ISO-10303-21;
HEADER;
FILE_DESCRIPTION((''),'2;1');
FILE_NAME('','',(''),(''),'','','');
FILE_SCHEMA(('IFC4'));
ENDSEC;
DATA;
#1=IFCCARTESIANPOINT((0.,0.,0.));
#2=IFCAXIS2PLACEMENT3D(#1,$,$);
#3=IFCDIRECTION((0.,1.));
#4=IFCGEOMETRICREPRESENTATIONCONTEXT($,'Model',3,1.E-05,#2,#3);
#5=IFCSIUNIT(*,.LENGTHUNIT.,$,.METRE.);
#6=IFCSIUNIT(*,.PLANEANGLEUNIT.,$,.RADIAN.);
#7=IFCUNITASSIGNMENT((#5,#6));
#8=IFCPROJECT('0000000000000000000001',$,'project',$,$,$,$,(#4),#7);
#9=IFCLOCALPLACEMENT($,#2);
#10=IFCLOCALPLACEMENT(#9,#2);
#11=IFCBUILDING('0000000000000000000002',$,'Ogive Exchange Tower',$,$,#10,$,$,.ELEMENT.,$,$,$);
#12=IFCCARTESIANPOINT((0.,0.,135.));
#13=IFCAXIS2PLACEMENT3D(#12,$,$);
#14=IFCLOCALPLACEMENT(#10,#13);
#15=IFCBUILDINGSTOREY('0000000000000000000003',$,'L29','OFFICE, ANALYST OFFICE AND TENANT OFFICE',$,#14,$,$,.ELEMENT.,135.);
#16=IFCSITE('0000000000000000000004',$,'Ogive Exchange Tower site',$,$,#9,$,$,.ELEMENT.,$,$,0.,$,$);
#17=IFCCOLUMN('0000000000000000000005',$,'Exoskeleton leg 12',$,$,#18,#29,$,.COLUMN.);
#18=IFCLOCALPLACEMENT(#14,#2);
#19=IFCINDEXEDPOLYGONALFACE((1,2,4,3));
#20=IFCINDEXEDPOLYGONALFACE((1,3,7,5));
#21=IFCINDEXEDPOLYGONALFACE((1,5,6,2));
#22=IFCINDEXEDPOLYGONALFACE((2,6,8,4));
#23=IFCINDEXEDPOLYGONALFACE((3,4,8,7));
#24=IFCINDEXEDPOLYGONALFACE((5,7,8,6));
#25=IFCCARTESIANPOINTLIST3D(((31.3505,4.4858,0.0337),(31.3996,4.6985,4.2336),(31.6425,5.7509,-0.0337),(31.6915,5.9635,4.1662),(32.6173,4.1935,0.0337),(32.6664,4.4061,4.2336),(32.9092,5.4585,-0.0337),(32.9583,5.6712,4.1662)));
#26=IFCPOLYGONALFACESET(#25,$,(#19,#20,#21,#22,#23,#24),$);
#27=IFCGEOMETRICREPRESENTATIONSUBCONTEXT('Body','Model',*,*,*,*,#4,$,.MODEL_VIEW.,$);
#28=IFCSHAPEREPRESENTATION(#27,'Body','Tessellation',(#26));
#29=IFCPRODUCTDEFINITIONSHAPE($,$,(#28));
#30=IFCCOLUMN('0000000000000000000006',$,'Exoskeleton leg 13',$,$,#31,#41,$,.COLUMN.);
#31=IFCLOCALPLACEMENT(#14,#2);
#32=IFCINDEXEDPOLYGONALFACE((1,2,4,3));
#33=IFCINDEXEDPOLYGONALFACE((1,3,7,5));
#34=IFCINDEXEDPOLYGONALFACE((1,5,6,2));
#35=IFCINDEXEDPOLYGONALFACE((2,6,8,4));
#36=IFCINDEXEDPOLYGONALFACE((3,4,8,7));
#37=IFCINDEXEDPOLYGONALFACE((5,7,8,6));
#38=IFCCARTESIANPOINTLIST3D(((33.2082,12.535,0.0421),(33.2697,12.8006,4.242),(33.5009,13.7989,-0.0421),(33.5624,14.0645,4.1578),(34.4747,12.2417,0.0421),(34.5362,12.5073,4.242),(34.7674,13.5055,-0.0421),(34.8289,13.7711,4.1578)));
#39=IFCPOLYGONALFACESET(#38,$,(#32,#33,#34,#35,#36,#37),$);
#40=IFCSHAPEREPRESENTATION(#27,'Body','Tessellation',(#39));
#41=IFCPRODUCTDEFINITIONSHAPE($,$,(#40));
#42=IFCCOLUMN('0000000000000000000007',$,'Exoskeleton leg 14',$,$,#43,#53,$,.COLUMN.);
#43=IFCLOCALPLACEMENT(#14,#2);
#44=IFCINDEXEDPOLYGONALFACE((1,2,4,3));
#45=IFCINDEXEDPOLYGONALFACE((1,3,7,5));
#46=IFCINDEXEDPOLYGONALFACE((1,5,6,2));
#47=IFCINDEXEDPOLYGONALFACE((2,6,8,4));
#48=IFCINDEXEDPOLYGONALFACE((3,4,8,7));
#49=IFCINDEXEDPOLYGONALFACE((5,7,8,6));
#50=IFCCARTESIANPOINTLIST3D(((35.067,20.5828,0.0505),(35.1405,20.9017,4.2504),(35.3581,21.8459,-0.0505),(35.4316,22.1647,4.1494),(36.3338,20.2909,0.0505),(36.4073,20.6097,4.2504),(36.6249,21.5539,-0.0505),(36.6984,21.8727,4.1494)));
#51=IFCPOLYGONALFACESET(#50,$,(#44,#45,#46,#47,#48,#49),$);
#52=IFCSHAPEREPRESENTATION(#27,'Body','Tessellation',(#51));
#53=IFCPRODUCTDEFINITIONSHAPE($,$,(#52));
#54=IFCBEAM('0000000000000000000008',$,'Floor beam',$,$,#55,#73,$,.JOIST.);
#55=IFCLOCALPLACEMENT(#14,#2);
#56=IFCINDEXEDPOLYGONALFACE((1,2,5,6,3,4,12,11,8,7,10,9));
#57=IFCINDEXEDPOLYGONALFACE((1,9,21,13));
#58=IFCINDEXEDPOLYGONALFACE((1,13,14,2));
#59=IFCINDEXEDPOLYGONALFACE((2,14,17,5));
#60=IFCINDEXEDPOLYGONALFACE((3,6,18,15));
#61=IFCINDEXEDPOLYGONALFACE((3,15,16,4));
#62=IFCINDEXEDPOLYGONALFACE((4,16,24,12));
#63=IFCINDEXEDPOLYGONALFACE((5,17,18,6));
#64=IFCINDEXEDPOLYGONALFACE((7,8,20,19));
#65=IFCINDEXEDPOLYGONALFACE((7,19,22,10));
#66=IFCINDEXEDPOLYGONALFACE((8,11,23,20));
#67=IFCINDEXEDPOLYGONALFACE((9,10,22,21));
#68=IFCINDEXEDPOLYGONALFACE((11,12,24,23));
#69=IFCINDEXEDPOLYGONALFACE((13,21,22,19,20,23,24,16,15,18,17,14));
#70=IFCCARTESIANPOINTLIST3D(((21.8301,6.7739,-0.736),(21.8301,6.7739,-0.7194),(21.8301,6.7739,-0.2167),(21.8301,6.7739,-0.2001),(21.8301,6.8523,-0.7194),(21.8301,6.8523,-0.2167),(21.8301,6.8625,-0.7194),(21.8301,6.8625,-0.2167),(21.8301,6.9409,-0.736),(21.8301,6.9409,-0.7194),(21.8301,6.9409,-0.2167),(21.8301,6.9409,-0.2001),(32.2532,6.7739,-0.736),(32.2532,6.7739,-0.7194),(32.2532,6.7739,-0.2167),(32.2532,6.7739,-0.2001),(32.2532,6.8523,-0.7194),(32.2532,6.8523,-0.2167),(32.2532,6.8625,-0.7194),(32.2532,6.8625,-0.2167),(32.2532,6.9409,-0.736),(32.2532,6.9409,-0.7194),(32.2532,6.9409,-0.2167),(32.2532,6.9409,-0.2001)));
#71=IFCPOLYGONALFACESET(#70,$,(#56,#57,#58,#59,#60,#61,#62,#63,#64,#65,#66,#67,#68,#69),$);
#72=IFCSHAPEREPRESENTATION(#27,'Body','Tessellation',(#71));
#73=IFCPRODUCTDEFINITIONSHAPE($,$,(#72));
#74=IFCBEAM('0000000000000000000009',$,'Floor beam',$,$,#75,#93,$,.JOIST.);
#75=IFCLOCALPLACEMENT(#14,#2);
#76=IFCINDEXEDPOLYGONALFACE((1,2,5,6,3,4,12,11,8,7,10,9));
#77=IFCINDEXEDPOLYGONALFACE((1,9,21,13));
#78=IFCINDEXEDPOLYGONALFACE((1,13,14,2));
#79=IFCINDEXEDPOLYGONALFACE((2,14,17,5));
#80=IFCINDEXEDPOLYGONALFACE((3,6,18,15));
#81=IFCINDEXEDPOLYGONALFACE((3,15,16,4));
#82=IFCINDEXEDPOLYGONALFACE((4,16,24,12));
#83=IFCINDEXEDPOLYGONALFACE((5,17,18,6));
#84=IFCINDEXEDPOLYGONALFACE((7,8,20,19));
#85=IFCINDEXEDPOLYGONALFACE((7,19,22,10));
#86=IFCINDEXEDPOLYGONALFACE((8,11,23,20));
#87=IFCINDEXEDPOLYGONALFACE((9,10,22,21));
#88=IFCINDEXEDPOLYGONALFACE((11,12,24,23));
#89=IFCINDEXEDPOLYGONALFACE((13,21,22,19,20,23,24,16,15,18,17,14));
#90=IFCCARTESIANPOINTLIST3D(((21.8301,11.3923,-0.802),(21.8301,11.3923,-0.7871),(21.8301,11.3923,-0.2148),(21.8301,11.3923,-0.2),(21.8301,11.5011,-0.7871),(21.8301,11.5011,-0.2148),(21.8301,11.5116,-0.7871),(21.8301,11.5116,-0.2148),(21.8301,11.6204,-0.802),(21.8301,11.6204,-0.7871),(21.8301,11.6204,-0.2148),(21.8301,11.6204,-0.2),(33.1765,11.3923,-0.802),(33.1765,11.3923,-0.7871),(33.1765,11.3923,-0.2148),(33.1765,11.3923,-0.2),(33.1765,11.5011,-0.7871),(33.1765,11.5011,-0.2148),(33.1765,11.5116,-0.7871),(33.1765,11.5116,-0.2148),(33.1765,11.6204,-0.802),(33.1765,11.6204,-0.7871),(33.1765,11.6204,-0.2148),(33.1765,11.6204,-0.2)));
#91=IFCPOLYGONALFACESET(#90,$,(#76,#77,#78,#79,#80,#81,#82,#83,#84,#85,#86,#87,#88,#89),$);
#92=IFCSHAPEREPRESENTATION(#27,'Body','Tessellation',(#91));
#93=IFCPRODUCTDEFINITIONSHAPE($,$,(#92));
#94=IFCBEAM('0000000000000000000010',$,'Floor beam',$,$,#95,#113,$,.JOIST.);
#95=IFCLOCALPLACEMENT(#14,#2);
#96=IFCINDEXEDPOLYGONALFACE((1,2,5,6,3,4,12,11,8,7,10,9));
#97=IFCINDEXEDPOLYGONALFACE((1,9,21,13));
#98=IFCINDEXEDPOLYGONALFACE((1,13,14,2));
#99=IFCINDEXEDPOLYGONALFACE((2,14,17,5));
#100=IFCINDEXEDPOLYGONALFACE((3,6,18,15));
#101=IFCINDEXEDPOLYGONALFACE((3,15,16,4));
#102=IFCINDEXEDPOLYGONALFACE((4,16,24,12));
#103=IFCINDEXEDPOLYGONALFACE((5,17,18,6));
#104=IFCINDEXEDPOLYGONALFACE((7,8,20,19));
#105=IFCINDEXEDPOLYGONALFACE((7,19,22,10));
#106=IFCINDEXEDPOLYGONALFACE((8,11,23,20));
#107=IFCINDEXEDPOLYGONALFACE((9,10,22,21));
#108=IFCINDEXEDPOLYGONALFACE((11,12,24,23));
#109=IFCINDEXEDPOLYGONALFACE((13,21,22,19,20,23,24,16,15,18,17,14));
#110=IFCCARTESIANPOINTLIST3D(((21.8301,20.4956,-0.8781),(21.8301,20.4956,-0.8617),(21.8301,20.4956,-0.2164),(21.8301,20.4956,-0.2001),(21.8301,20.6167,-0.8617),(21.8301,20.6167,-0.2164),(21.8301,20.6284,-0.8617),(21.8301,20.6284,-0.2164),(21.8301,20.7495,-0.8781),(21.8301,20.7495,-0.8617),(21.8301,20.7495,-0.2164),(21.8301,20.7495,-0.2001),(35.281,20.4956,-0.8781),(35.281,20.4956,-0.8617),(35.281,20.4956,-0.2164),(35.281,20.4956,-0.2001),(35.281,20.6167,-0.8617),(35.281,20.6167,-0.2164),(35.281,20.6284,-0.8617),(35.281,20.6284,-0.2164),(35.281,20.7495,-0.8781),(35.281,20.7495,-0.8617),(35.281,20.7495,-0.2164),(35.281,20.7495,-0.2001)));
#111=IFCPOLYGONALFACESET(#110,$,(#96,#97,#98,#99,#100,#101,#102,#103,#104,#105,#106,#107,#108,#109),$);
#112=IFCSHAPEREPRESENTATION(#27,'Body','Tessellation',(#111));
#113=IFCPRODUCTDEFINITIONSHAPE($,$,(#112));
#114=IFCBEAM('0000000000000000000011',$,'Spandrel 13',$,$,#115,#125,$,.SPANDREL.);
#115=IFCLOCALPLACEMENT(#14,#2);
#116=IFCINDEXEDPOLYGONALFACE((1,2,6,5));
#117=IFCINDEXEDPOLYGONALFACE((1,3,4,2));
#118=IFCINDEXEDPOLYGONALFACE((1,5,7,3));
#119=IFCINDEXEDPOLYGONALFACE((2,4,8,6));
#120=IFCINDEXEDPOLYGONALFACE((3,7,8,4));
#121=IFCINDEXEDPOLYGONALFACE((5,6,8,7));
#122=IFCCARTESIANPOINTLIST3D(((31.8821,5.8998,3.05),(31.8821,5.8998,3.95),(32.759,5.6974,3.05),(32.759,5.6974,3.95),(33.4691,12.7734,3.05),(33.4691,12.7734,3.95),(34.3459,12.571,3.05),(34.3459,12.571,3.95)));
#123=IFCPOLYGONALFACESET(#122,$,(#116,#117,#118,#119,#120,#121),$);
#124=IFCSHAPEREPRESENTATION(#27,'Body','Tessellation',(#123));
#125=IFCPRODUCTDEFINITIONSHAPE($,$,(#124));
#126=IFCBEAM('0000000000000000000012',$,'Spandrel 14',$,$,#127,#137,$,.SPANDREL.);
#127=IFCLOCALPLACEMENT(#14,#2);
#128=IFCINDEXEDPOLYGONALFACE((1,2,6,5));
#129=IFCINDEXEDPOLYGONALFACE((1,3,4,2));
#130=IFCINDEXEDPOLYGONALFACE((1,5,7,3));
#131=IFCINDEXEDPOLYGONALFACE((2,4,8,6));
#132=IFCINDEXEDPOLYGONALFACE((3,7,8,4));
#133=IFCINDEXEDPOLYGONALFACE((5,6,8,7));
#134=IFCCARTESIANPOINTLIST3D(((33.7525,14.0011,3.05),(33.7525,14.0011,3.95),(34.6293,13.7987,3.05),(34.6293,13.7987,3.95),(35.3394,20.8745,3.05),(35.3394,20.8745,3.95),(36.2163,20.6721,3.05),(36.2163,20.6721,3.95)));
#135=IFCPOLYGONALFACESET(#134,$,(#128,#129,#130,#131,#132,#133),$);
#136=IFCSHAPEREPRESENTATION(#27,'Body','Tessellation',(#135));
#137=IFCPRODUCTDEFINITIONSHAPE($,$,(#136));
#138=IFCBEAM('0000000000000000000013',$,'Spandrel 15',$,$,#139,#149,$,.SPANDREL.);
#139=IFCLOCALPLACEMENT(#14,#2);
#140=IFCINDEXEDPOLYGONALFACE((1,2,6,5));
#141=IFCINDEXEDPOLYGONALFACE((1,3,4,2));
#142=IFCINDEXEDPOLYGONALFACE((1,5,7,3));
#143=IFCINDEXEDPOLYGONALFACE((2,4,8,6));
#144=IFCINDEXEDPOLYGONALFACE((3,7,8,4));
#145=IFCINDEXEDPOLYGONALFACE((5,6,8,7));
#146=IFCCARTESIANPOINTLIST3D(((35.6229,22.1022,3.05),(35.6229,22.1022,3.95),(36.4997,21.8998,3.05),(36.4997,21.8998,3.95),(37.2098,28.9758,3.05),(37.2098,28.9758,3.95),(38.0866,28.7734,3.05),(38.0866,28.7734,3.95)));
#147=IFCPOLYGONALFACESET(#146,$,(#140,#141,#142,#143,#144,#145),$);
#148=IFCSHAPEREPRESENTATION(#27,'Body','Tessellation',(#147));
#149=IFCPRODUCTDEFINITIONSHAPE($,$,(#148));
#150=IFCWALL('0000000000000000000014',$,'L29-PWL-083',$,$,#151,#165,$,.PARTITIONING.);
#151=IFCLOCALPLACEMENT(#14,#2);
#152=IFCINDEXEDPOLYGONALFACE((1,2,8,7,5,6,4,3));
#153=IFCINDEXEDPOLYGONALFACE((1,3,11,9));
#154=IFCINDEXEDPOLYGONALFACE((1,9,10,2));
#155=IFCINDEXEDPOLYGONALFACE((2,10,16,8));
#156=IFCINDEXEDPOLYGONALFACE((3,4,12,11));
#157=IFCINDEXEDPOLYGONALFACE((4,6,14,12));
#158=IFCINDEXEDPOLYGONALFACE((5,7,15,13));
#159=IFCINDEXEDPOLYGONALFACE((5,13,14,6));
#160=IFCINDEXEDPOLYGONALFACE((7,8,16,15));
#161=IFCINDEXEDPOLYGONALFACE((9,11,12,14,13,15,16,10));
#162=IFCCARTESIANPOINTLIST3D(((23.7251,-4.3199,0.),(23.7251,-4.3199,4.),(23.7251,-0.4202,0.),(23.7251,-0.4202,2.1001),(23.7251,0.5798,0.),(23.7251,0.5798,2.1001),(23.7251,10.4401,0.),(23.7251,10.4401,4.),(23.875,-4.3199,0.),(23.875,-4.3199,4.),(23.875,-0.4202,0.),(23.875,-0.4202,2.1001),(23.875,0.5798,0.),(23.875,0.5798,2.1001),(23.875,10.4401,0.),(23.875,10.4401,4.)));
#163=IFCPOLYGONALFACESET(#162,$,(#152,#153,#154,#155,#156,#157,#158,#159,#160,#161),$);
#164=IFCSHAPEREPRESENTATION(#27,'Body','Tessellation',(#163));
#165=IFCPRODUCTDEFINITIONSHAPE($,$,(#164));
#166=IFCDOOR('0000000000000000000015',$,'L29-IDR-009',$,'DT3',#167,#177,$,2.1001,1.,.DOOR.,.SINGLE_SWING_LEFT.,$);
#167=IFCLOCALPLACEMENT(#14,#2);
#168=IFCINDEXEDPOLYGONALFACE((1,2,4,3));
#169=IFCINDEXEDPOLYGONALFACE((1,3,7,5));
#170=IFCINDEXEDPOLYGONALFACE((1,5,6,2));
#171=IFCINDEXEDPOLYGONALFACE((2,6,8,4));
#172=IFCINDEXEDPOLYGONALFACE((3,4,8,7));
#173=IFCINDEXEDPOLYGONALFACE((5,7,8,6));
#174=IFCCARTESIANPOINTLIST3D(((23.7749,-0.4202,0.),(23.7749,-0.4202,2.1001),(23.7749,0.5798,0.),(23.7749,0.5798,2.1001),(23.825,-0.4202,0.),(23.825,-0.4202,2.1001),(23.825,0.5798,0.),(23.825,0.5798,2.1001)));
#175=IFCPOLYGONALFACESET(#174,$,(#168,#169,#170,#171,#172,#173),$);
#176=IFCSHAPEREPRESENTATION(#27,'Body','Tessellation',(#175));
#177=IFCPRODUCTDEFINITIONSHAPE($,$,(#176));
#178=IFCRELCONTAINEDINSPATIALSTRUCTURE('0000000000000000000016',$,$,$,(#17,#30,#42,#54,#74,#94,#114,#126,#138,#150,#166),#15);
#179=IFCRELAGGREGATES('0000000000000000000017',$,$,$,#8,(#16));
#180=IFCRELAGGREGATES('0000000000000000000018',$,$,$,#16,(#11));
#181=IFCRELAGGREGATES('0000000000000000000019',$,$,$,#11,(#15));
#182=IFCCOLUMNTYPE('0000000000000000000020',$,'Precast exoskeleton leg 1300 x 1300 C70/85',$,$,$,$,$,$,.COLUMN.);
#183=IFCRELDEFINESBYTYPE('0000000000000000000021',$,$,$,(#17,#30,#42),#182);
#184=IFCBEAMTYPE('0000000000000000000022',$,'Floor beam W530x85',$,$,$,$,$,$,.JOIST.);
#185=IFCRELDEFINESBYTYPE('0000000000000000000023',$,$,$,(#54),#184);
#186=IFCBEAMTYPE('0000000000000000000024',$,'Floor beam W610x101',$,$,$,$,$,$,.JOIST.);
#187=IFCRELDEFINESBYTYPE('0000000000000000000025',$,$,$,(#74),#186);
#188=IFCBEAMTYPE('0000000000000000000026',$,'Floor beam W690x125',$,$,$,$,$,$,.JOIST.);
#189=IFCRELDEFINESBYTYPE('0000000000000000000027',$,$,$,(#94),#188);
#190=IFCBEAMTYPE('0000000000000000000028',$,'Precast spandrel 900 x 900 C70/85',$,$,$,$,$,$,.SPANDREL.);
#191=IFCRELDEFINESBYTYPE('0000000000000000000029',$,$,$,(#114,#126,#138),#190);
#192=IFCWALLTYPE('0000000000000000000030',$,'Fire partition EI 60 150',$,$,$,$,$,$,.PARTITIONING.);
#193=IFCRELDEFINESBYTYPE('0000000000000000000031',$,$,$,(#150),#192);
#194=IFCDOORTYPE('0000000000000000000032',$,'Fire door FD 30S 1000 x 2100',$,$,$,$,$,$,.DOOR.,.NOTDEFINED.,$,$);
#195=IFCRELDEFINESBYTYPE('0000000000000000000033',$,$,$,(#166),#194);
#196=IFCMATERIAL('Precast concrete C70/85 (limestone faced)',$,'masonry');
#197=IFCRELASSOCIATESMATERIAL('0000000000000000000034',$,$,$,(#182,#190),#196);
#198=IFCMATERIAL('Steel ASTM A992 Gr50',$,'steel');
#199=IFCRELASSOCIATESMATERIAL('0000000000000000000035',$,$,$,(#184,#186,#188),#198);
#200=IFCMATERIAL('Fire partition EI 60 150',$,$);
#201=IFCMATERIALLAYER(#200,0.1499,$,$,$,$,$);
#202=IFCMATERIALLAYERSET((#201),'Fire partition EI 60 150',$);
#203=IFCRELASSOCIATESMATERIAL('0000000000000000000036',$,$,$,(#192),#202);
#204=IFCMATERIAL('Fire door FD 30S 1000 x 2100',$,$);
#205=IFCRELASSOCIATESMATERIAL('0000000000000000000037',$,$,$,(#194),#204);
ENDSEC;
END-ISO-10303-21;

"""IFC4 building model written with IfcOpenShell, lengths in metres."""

from ifc_helpers import new_model, si_unit, direction, frame, frame_2d, origin, origin_2d, place, context, subcontext, project, spatial, rectangle, i_section, extrude, material, layer, layer_set, material_profile, profile_set, type_object, element, fill, save


model = new_model("IFC4")

# Units and contexts
model_context = context("Model", 3, precision=1e-05, world=origin(), true_north=direction((0.0, 1.0)))
body_context = subcontext(model_context, "Body", "Model", "MODEL_VIEW")
ifc_project = project(units=[si_unit("LENGTHUNIT", "METRE"), si_unit("PLANEANGLEUNIT", "RADIAN")], contexts=[model_context])

# Site, building, storey
site_placement = place(None, origin())
site = spatial("IfcSite", under=ifc_project, at=site_placement, Name="Ogive Exchange Tower site", CompositionType="ELEMENT", RefElevation=0.0)
building_placement = place(site_placement, origin())
building = spatial("IfcBuilding", under=site, at=building_placement, Name="Ogive Exchange Tower", CompositionType="ELEMENT")
storey_placement = place(building_placement, frame((0.0, 0.0, 135.0)))
storey = spatial("IfcBuildingStorey", under=building, at=storey_placement, Name="L29", Description="OFFICE, ANALYST OFFICE AND TENANT OFFICE", CompositionType="ELEMENT", Elevation=135.0)

# Columns
ifc_material_1 = material(Name="Precast concrete C70/85 (limestone faced)", Category="masonry")
ifc_material_profile_1 = material_profile(ifc_material_1, rectangle(XDim=1.3, YDim=1.3, at=origin_2d()), Name="1300 x 1300")
ifc_profile_set_1 = profile_set([ifc_material_profile_1], Name="Precast concrete C70/85 (limestone faced)")
column_type = type_object("IfcColumnType", Name="Precast exoskeleton leg 1300 x 1300 C70/85", PredefinedType="COLUMN", material=ifc_profile_set_1)
column_1_placement = place(storey_placement, frame((32.1299, 4.9722, 0.0), z_axis=(0.011668, 0.050562, 0.998653), x_axis=(-0.974391, 0.22486, 0.0)))
element("IfcColumn", 1, at=column_1_placement, inside=storey, type_object=column_type, Name="Exoskeleton leg 12", PredefinedType="COLUMN", context=body_context, shape_type="SweptSolid", body=[
    extrude(rectangle(XDim=1.3, YDim=1.3, at=origin_2d()), origin(), (0.0, 0.0, 1.0), 4.2056),
])
column_2_placement = place(storey_placement, frame((33.9878, 13.0203, 0.0), z_axis=(0.014618, 0.063112, 0.997899), x_axis=(-0.97421, 0.225644, 0.0)))
element("IfcColumn", 2, at=column_2_placement, inside=storey, type_object=column_type, Name="Exoskeleton leg 13", PredefinedType="COLUMN", context=body_context, shape_type="SweptSolid", body=[
    extrude(rectangle(XDim=1.3, YDim=1.3, at=origin_2d()), origin(), (0.0, 0.0, 1.0), 4.2087),
])
column_3_placement = place(storey_placement, frame((35.8459, 21.0684, 0.0), z_axis=(0.017444, 0.075688, 0.996979), x_axis=(-0.974454, 0.224587, 0.0)))
element("IfcColumn", 3, at=column_3_placement, inside=storey, type_object=column_type, Name="Exoskeleton leg 14", PredefinedType="COLUMN", context=body_context, shape_type="SweptSolid", body=[
    extrude(rectangle(XDim=1.3, YDim=1.3, at=origin_2d()), origin(), (0.0, 0.0, 1.0), 4.2126),
])

# Beams
ifc_material_2 = material(Name="Steel ASTM A992 Gr50", Category="steel")
ifc_material_profile_2 = material_profile(ifc_material_2, i_section(OverallWidth=0.167, OverallDepth=0.5359, WebThickness=0.0103, FlangeThickness=0.0166, at=origin_2d()), Name="W530x85")
ifc_profile_set_2 = profile_set([ifc_material_profile_2], Name="Steel ASTM A992 Gr50")
beam_type_1 = type_object("IfcBeamType", Name="Floor beam W530x85", PredefinedType="JOIST", material=ifc_profile_set_2)
beam_1_placement = place(storey_placement, frame((21.8301, 6.8574, -0.468), z_axis=(1.0, 0.0, 0.0), x_axis=(0.0, 1.0, 0.0)))
element("IfcBeam", 4, at=beam_1_placement, inside=storey, type_object=beam_type_1, Name="Floor beam", PredefinedType="JOIST", context=body_context, shape_type="SweptSolid", body=[
    extrude(i_section(OverallWidth=0.167, OverallDepth=0.5359, WebThickness=0.0103, FlangeThickness=0.0166, at=origin_2d()), origin(), (0.0, 0.0, 1.0), 10.4231),
])
ifc_material_profile_3 = material_profile(ifc_material_2, i_section(OverallWidth=0.228, OverallDepth=0.6021, WebThickness=0.0105, FlangeThickness=0.0149, at=origin_2d()), Name="W610x101")
ifc_profile_set_3 = profile_set([ifc_material_profile_3], Name="Steel ASTM A992 Gr50")
beam_type_2 = type_object("IfcBeamType", Name="Floor beam W610x101", PredefinedType="JOIST", material=ifc_profile_set_3)
beam_2_placement = place(storey_placement, frame((21.8301, 11.5063, -0.501), z_axis=(1.0, 0.0, 0.0), x_axis=(0.0, 1.0, 0.0)))
element("IfcBeam", 5, at=beam_2_placement, inside=storey, type_object=beam_type_2, Name="Floor beam", PredefinedType="JOIST", context=body_context, shape_type="SweptSolid", body=[
    extrude(i_section(OverallWidth=0.228, OverallDepth=0.6021, WebThickness=0.0105, FlangeThickness=0.0149, at=origin_2d()), origin(), (0.0, 0.0, 1.0), 11.3464),
])
ifc_material_profile_4 = material_profile(ifc_material_2, i_section(OverallWidth=0.2539, OverallDepth=0.678, WebThickness=0.0117, FlangeThickness=0.0164, at=origin_2d()), Name="W690x125")
ifc_profile_set_4 = profile_set([ifc_material_profile_4], Name="Steel ASTM A992 Gr50")
beam_type_3 = type_object("IfcBeamType", Name="Floor beam W690x125", PredefinedType="JOIST", material=ifc_profile_set_4)
beam_3_placement = place(storey_placement, frame((21.8301, 20.6226, -0.5391), z_axis=(1.0, 0.0, 0.0), x_axis=(0.0, 1.0, 0.0)))
element("IfcBeam", 6, at=beam_3_placement, inside=storey, type_object=beam_type_3, Name="Floor beam", PredefinedType="JOIST", context=body_context, shape_type="SweptSolid", body=[
    extrude(i_section(OverallWidth=0.2539, OverallDepth=0.678, WebThickness=0.0117, FlangeThickness=0.0164, at=origin_2d()), origin(), (0.0, 0.0, 1.0), 13.4509),
])
ifc_material_profile_5 = material_profile(ifc_material_1, rectangle(XDim=0.8999, YDim=0.8999, at=origin_2d()), Name="900 x 900")
ifc_profile_set_5 = profile_set([ifc_material_profile_5], Name="Precast concrete C70/85 (limestone faced)")
beam_type_4 = type_object("IfcBeamType", Name="Precast spandrel 900 x 900 C70/85", PredefinedType="SPANDREL", material=ifc_profile_set_5)
beam_4_placement = place(storey_placement, frame((32.3206, 5.7986, 3.5), z_axis=(0.224956, 0.974369, 0.0), x_axis=(-0.974369, 0.224956, 0.0)))
element("IfcBeam", 7, at=beam_4_placement, inside=storey, type_object=beam_type_4, Name="Spandrel 13", PredefinedType="SPANDREL", context=body_context, shape_type="SweptSolid", body=[
    extrude(rectangle(XDim=0.8999, YDim=0.8999, at=origin_2d()), origin(), (0.0, 0.0, 1.0), 7.0544),
])
beam_5_placement = place(storey_placement, frame((34.1909, 13.8999, 3.5), z_axis=(0.224963, 0.974367, 0.0), x_axis=(-0.974367, 0.224963, 0.0)))
element("IfcBeam", 8, at=beam_5_placement, inside=storey, type_object=beam_type_4, Name="Spandrel 14", PredefinedType="SPANDREL", context=body_context, shape_type="SweptSolid", body=[
    extrude(rectangle(XDim=0.8999, YDim=0.8999, at=origin_2d()), origin(), (0.0, 0.0, 1.0), 7.0542),
])
beam_6_placement = place(storey_placement, frame((36.0613, 22.001, 3.5), z_axis=(0.224956, 0.974369, 0.0), x_axis=(-0.974369, 0.224956, 0.0)))
element("IfcBeam", 9, at=beam_6_placement, inside=storey, type_object=beam_type_4, Name="Spandrel 15", PredefinedType="SPANDREL", context=body_context, shape_type="SweptSolid", body=[
    extrude(rectangle(XDim=0.8999, YDim=0.8999, at=origin_2d()), origin(), (0.0, 0.0, 1.0), 7.0544),
])

# Wall, opening, door
ifc_material_3 = material(Name="Fire partition EI 60 150")
ifc_layer_1 = layer(ifc_material_3, 0.1499)
ifc_layer_set_1 = layer_set([ifc_layer_1], Name="Fire partition EI 60 150")
wall_type_1 = type_object("IfcWallType", Name="Fire partition EI 60 150", PredefinedType="PARTITIONING", material=ifc_layer_set_1)
wall_1_placement = place(storey_placement, frame((23.8, 10.4399, 0.0), z_axis=(0.0, 0.0, 1.0), x_axis=(0.0, -1.0, 0.0)))
wall_1 = element("IfcWall", 10, at=wall_1_placement, inside=storey, type_object=wall_type_1, Name="L29-PWL-083", PredefinedType="PARTITIONING", context=body_context, shape_type="SweptSolid", body=[
    extrude(rectangle(XDim=14.76, YDim=0.1499, at=frame_2d((7.3799, 0.0))), origin(), (0.0, 0.0, 1.0), 4.0),
])
opening_1_placement = place(wall_1_placement, frame((9.8601, 0.0, 0.0)))
opening_1 = element("IfcOpeningElement", 11, at=opening_1_placement, cuts=wall_1, PredefinedType="OPENING", context=body_context, shape_type="SweptSolid", body=[
    extrude(rectangle(XDim=1.0, YDim=2.1001, at=frame_2d((0.5, 1.05))), frame((0.0, 0.085, 0.0), z_axis=(0.0, -1.0, 0.0), x_axis=(1.0, 0.0, 0.0)), (0.0, 0.0, 1.0), 0.1699),
])
ifc_material_4 = material(Name="Fire door FD 30S 1000 x 2100")
door_type = type_object("IfcDoorType", Name="Fire door FD 30S 1000 x 2100", OperationType="NOTDEFINED", PredefinedType="DOOR", material=ifc_material_4)
door_1_placement = place(opening_1_placement, origin())
door_1 = element("IfcDoor", 12, at=door_1_placement, inside=storey, type_object=door_type, Name="L29-IDR-009", ObjectType="DT3", OperationType="SINGLE_SWING_LEFT", OverallHeight=2.1001, OverallWidth=1.0, PredefinedType="DOOR", context=body_context, shape_type="SweptSolid", body=[
    extrude(rectangle(XDim=1.0, YDim=2.1001, at=frame_2d((0.5, 1.05))), frame((0.0, 0.0249, 0.0), z_axis=(0.0, -1.0, 0.0), x_axis=(1.0, 0.0, 0.0)), (0.0, 0.0, 1.0), 0.05),
])
fill(opening_1, door_1)

save(model, "model.ifc")
